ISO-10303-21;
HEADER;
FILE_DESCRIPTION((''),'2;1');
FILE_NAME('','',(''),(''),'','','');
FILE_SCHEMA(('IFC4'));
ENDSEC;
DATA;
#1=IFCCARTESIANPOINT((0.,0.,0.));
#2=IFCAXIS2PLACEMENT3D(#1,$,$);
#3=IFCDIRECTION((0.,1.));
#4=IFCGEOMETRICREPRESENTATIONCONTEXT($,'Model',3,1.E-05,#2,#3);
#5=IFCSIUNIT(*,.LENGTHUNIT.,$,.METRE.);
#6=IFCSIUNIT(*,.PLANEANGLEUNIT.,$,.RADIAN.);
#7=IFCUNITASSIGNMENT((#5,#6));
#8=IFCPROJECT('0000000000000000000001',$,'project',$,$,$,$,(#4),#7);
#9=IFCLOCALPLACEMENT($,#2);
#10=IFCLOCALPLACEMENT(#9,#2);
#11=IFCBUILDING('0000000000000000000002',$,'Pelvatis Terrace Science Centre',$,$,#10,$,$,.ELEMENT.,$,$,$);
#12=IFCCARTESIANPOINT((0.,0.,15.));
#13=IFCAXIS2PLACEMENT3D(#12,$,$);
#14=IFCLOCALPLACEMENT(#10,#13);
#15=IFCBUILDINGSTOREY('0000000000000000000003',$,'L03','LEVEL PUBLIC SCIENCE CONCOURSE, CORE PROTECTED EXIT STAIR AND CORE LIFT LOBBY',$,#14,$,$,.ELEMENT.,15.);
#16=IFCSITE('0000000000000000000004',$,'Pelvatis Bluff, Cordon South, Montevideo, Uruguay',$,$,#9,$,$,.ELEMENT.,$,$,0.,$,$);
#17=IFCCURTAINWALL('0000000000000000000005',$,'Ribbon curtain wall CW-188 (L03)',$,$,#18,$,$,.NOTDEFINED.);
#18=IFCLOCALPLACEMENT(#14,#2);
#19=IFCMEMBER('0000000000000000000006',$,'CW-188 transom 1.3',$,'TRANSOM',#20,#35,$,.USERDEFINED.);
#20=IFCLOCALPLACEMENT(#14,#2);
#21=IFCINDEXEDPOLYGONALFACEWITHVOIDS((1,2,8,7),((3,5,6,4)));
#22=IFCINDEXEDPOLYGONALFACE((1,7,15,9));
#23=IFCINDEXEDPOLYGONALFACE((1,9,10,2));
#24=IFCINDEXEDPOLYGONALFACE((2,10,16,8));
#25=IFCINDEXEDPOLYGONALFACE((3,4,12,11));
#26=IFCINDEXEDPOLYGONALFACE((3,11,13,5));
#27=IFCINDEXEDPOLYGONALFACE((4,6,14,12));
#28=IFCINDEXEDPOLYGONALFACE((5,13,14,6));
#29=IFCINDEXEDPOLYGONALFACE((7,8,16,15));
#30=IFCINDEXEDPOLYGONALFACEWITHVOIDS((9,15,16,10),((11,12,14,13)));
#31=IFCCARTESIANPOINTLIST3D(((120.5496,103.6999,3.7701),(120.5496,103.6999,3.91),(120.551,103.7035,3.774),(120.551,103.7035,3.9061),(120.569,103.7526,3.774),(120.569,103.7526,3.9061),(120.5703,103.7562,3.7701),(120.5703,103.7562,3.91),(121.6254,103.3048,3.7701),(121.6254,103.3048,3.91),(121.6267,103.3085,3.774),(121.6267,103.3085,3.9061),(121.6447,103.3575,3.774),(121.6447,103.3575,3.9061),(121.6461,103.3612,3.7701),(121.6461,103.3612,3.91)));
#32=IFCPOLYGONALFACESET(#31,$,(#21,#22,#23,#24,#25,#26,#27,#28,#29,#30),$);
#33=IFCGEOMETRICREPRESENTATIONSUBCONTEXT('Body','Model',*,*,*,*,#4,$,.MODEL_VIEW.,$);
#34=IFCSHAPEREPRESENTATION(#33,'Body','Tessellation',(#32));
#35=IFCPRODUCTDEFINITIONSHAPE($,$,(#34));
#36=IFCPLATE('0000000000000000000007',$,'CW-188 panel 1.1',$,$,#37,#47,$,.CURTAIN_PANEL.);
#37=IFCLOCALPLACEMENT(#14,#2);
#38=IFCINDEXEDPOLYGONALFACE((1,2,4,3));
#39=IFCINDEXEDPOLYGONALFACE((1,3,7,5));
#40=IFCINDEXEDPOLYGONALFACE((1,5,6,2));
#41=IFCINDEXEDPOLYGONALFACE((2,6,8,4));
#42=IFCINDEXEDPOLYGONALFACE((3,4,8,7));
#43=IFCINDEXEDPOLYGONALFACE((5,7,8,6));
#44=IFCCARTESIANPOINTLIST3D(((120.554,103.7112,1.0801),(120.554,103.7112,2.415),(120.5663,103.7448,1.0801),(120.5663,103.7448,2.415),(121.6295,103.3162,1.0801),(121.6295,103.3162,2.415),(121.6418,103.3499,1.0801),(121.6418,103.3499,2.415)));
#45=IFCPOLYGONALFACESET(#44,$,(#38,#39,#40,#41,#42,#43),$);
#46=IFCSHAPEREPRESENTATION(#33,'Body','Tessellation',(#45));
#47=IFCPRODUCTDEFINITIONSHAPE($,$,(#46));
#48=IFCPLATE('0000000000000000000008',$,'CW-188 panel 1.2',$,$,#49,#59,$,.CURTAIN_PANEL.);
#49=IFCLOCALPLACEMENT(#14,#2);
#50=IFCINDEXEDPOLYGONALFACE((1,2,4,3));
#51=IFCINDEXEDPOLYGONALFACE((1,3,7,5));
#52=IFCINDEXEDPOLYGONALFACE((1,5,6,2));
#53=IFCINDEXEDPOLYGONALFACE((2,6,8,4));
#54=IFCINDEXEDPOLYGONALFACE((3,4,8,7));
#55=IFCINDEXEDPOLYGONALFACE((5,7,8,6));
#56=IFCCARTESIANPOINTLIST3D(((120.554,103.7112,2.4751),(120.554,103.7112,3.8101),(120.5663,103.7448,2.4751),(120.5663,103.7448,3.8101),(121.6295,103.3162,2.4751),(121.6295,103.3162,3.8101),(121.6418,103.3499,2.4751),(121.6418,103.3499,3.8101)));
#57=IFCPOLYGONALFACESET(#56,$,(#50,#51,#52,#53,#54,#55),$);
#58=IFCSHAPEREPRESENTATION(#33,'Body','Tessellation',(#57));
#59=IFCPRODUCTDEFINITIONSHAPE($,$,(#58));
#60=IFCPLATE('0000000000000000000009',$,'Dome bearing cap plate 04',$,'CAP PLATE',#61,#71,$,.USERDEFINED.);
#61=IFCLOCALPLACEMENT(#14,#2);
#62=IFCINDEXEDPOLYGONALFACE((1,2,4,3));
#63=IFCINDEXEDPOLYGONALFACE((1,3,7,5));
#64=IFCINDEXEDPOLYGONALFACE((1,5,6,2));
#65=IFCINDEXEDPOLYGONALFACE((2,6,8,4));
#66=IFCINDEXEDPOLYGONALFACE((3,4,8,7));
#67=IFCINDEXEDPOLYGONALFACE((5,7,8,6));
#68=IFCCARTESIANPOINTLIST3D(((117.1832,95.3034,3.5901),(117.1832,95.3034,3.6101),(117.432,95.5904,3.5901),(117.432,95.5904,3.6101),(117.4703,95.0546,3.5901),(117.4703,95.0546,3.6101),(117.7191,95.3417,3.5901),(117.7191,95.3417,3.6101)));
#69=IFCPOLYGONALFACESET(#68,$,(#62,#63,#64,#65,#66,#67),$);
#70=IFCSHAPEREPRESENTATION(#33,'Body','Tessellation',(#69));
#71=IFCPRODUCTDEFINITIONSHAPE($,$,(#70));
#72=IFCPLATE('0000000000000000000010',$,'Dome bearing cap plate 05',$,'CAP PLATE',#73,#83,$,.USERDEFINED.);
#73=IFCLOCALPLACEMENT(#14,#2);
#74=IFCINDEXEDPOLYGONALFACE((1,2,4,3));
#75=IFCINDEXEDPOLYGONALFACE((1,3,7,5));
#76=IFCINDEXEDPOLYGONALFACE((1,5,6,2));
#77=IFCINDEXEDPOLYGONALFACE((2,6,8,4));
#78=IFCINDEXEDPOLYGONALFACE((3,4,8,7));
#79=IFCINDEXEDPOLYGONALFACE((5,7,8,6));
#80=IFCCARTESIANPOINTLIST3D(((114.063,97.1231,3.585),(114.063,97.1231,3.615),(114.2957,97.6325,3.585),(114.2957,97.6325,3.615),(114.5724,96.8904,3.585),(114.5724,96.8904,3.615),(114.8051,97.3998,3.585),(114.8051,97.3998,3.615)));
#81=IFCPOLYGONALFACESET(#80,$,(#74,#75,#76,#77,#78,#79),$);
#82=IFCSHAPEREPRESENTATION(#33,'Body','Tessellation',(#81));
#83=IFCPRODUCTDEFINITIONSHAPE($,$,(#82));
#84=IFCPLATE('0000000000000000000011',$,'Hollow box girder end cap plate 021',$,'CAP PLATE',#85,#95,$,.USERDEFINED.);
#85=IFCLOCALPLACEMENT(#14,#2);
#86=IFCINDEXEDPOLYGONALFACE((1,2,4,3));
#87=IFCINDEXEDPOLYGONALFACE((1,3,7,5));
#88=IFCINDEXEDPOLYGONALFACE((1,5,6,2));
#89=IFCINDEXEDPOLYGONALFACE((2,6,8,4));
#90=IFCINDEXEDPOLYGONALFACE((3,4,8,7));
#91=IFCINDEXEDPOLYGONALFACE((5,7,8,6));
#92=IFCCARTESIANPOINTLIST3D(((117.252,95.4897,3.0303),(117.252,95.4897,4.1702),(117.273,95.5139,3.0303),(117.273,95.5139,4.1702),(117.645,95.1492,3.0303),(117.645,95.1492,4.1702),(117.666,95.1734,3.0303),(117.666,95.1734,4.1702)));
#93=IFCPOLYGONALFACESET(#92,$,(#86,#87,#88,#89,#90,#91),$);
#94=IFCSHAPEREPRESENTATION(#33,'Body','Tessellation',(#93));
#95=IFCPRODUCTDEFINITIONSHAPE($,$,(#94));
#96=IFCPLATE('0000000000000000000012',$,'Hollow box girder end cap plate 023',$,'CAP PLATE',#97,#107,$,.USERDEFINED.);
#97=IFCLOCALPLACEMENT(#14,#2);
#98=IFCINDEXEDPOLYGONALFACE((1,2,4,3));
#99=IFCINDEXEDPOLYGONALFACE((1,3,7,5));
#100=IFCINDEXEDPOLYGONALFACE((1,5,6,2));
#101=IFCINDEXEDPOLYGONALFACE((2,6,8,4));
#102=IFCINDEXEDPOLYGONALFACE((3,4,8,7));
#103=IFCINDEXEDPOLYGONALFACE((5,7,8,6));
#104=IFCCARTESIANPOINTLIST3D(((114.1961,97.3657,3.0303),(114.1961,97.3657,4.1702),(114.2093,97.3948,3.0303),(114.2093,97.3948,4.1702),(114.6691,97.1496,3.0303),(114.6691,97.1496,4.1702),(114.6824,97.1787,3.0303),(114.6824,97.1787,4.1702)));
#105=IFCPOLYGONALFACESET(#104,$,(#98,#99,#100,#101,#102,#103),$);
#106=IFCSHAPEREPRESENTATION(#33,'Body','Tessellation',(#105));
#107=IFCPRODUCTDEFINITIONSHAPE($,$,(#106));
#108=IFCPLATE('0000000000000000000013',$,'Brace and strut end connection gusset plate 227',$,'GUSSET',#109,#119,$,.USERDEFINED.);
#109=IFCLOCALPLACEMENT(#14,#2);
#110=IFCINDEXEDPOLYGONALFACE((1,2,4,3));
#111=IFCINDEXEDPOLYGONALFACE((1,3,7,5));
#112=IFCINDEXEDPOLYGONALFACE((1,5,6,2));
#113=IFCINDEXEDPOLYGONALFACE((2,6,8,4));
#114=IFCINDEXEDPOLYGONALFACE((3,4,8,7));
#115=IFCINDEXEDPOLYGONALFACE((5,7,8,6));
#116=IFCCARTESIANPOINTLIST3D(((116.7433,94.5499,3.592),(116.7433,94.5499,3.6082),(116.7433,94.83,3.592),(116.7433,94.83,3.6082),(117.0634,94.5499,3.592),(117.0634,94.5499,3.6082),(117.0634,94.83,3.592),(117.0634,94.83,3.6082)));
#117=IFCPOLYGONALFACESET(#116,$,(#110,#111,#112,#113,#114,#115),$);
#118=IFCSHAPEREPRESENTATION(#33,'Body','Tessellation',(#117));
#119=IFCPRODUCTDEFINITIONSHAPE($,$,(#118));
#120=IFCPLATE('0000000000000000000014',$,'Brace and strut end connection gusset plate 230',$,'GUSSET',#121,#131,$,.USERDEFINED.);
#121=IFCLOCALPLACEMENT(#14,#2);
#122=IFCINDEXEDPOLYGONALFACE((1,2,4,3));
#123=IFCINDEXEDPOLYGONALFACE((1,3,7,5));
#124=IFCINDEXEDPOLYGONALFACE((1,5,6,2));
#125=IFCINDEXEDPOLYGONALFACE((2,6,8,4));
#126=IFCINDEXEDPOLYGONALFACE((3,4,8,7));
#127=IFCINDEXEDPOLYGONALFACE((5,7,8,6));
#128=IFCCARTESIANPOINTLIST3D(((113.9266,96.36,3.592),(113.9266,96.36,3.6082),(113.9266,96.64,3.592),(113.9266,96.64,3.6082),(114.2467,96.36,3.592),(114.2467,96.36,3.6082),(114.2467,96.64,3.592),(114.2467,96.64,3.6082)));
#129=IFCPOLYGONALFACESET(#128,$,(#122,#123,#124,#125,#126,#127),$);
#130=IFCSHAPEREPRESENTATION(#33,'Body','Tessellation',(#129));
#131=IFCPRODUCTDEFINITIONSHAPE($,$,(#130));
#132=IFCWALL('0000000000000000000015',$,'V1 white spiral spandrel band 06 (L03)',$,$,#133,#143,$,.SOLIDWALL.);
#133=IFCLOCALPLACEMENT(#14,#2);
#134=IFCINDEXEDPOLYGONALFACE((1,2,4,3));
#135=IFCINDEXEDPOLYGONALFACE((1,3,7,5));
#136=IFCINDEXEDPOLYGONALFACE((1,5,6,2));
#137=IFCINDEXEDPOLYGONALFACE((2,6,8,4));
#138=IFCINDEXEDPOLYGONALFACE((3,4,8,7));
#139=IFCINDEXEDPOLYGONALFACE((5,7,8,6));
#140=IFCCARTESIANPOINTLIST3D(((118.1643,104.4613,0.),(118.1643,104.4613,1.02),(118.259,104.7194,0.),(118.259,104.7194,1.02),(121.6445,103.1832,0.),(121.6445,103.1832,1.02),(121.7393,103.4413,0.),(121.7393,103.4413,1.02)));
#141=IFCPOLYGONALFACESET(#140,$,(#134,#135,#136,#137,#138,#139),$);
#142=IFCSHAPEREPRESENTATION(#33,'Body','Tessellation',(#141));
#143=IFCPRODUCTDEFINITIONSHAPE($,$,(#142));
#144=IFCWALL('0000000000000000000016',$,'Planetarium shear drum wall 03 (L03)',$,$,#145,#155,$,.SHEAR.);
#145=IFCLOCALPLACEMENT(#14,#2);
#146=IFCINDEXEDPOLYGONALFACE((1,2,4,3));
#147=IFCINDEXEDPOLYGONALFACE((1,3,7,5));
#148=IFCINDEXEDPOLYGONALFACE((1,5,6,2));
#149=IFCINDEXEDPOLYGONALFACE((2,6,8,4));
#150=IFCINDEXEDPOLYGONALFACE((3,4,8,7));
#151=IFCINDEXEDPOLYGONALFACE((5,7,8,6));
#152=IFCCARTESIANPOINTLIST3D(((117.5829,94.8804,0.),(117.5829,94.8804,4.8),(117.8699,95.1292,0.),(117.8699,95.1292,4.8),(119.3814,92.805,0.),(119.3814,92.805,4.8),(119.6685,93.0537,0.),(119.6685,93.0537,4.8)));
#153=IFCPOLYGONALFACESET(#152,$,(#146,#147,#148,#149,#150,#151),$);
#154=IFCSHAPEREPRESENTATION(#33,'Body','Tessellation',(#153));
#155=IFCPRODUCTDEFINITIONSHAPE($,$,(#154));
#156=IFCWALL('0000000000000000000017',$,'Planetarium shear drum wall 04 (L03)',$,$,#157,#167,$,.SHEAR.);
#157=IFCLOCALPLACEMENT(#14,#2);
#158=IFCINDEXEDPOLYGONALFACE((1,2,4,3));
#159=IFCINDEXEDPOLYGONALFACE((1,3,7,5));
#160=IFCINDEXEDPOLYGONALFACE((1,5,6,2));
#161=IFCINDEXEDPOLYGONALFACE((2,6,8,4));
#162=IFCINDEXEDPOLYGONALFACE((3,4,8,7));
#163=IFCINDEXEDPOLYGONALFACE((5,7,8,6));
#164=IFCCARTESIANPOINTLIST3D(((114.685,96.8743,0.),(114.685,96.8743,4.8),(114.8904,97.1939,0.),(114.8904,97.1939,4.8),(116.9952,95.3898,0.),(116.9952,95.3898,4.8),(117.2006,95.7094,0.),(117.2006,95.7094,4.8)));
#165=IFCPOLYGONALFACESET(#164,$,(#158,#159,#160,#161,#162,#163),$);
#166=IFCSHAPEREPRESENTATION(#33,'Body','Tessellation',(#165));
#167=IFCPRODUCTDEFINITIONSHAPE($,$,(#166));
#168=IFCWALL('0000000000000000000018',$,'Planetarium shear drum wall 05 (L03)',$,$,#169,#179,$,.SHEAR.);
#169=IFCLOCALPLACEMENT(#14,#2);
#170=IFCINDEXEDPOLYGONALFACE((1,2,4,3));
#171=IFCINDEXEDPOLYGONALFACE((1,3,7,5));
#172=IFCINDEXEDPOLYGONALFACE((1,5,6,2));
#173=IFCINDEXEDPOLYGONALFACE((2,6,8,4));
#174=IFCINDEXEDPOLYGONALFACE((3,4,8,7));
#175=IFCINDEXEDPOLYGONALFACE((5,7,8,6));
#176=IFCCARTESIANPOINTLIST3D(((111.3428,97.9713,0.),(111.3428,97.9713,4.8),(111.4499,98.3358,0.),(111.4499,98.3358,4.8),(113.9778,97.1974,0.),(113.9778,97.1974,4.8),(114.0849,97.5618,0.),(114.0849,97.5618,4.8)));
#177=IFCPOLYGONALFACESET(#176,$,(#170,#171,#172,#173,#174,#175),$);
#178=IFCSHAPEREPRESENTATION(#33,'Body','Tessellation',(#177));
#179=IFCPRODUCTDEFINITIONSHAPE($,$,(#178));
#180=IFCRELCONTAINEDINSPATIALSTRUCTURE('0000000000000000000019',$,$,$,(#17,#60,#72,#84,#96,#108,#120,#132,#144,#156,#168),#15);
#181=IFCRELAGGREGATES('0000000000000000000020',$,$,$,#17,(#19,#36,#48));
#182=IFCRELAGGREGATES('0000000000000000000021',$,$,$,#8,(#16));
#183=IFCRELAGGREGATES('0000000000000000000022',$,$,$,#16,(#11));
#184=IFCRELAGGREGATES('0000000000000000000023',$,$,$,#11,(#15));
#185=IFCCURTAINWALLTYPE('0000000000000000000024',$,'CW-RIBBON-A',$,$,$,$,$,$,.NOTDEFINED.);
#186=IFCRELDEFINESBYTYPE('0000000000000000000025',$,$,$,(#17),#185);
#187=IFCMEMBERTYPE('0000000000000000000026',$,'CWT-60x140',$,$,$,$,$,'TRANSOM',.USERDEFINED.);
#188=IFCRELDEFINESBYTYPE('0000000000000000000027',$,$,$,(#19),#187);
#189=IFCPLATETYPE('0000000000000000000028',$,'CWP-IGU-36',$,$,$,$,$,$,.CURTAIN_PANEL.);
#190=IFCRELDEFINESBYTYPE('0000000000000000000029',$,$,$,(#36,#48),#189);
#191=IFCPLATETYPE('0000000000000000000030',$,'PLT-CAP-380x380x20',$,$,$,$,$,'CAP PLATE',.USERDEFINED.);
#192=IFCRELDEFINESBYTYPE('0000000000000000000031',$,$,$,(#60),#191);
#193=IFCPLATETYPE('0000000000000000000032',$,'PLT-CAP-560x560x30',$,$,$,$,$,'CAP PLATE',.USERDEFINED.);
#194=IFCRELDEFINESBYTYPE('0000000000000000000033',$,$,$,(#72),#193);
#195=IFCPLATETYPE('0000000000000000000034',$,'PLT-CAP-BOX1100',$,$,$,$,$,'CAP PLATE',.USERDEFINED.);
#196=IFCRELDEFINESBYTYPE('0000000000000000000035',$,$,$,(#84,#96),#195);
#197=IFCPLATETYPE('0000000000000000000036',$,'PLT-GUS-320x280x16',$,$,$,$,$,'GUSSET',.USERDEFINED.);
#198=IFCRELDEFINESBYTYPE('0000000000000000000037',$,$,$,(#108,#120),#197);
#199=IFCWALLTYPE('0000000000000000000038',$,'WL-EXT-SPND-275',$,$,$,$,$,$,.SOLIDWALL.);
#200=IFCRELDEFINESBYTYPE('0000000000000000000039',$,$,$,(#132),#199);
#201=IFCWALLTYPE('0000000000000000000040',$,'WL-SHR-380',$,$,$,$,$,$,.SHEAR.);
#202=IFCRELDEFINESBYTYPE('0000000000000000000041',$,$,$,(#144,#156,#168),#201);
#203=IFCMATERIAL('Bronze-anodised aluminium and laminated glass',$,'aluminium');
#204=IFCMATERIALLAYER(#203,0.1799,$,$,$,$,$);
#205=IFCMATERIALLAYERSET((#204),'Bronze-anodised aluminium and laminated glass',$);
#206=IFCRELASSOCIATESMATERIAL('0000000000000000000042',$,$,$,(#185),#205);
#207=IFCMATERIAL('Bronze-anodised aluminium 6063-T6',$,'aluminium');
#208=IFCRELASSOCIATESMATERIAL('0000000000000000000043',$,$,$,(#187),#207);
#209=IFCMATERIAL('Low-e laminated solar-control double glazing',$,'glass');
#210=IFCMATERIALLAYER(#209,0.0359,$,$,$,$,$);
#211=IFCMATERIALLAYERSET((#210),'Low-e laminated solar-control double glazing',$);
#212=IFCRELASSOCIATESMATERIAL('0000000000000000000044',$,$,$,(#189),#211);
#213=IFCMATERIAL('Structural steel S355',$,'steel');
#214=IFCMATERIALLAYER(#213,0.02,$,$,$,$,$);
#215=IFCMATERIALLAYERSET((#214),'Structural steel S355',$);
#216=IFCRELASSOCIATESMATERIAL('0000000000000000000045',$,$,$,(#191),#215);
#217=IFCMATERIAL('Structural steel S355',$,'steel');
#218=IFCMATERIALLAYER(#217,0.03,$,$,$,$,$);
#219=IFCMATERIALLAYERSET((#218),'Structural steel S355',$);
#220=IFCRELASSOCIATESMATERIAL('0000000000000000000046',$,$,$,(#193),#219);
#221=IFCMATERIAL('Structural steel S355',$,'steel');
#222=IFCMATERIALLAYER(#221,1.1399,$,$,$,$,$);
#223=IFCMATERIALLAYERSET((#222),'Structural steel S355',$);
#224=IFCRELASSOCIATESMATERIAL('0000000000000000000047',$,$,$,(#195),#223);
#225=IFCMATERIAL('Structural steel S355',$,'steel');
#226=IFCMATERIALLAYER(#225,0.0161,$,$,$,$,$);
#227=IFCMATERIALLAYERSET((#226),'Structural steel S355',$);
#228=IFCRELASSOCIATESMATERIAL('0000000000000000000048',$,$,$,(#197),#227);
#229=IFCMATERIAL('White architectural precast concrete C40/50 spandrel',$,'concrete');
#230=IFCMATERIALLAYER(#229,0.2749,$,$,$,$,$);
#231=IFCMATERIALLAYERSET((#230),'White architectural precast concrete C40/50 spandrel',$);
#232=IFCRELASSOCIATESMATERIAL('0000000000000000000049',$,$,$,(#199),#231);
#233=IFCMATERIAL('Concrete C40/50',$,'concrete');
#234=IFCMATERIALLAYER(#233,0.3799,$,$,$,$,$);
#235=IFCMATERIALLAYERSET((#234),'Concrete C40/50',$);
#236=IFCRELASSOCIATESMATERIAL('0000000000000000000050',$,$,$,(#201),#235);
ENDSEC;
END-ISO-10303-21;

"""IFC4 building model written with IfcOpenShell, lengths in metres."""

from ifc_helpers import new_model, si_unit, direction, frame, frame_2d, origin, origin_2d, place, context, subcontext, project, spatial, rectangle, hollow_rectangle, extrude, material, layer, layer_set, material_profile, profile_set, type_object, element, aggregate, save


model = new_model("IFC4")

# Units and contexts
model_context = context("Model", 3, precision=1e-05, world=origin(), true_north=direction((0.0, 1.0)))
body_context = subcontext(model_context, "Body", "Model", "MODEL_VIEW")
ifc_project = project(units=[si_unit("LENGTHUNIT", "METRE"), si_unit("PLANEANGLEUNIT", "RADIAN")], contexts=[model_context])

# Site, building, storey
site_placement = place(None, origin())
site = spatial("IfcSite", under=ifc_project, at=site_placement, Name="Pelvatis Bluff, Cordon South, Montevideo, Uruguay", CompositionType="ELEMENT", RefElevation=0.0)
building_placement = place(site_placement, origin())
building = spatial("IfcBuilding", under=site, at=building_placement, Name="Pelvatis Terrace Science Centre", CompositionType="ELEMENT")
storey_placement = place(building_placement, frame((0.0, 0.0, 15.0)))
storey = spatial("IfcBuildingStorey", under=building, at=storey_placement, Name="L03", Description="LEVEL PUBLIC SCIENCE CONCOURSE, CORE PROTECTED EXIT STAIR AND CORE LIFT LOBBY", CompositionType="ELEMENT", Elevation=15.0)

# Curtain wall, member, plates
ifc_material_1 = material(Name="Bronze-anodised aluminium and laminated glass", Category="aluminium")
ifc_layer_1 = layer(ifc_material_1, 0.1799)
ifc_layer_set_1 = layer_set([ifc_layer_1], Name="Bronze-anodised aluminium and laminated glass")
curtain_wall_type = type_object("IfcCurtainWallType", Name="CW-RIBBON-A", PredefinedType="NOTDEFINED", material=ifc_layer_set_1)
curtain_wall_placement = place(storey_placement, origin())
curtain_wall = element("IfcCurtainWall", 1, at=curtain_wall_placement, inside=storey, type_object=curtain_wall_type, Name="Ribbon curtain wall CW-188 (L03)", PredefinedType="NOTDEFINED")
ifc_material_2 = material(Name="Bronze-anodised aluminium 6063-T6", Category="aluminium")
ifc_material_profile_1 = material_profile(ifc_material_2, hollow_rectangle(XDim=0.0601, YDim=0.1399, WallThickness=0.0039, at=origin_2d()), Name="ALU-TRN 60x140")
ifc_profile_set_1 = profile_set([ifc_material_profile_1], Name="Bronze-anodised aluminium 6063-T6")
member_type_1 = type_object("IfcMemberType", Name="CWT-60x140", ElementType="TRANSOM", PredefinedType="USERDEFINED", material=ifc_profile_set_1)
member_1_placement = place(storey_placement, frame((121.6357, 103.333, 3.8401), z_axis=(-0.938706, 0.344718, 0.0), x_axis=(-0.344718, -0.938706, 0.0)))
member_1 = element("IfcMember", 2, at=member_1_placement, type_object=member_type_1, Name="CW-188 transom 1.3", ObjectType="TRANSOM", PredefinedType="USERDEFINED", context=body_context, shape_type="SweptSolid", body=[
    extrude(hollow_rectangle(XDim=0.0601, YDim=0.1399, WallThickness=0.0039, at=origin_2d()), origin(), (0.0, 0.0, 1.0), 1.146),
])
ifc_material_3 = material(Name="Low-e laminated solar-control double glazing", Category="glass")
ifc_layer_2 = layer(ifc_material_3, 0.0359)
ifc_layer_set_2 = layer_set([ifc_layer_2], Name="Low-e laminated solar-control double glazing")
plate_type_1 = type_object("IfcPlateType", Name="CWP-IGU-36", PredefinedType="CURTAIN_PANEL", material=ifc_layer_set_2)
plate_1_placement = place(storey_placement, frame((121.0979, 103.5305, 1.0801), z_axis=(0.0, 0.0, 1.0), x_axis=(-0.938703, 0.344728, 0.0)))
plate_1 = element("IfcPlate", 3, at=plate_1_placement, type_object=plate_type_1, Name="CW-188 panel 1.1", PredefinedType="CURTAIN_PANEL", context=body_context, shape_type="SweptSolid", body=[
    extrude(rectangle(XDim=1.1458, YDim=0.0359, at=origin_2d()), origin(), (0.0, 0.0, 1.0), 1.335),
])
plate_2_placement = place(storey_placement, frame((121.0979, 103.5305, 2.4751), z_axis=(0.0, 0.0, 1.0), x_axis=(-0.938703, 0.344728, 0.0)))
plate_2 = element("IfcPlate", 4, at=plate_2_placement, type_object=plate_type_1, Name="CW-188 panel 1.2", PredefinedType="CURTAIN_PANEL", context=body_context, shape_type="SweptSolid", body=[
    extrude(rectangle(XDim=1.1458, YDim=0.0359, at=origin_2d()), origin(), (0.0, 0.0, 1.0), 1.335),
])
aggregate(curtain_wall, [member_1, plate_1, plate_2])

# Plates
ifc_material_4 = material(Name="Structural steel S355", Category="steel")
ifc_layer_3 = layer(ifc_material_4, 0.02)
ifc_layer_set_3 = layer_set([ifc_layer_3], Name="Structural steel S355")
plate_type_2 = type_object("IfcPlateType", Name="PLT-CAP-380x380x20", ElementType="CAP PLATE", PredefinedType="USERDEFINED", material=ifc_layer_set_3)
plate_3_placement = place(storey_placement, frame((117.4512, 95.3225, 3.5901), z_axis=(0.0, 0.0, 1.0), x_axis=(0.654873, 0.755739, 0.0)))
element("IfcPlate", 5, at=plate_3_placement, inside=storey, type_object=plate_type_2, Name="Dome bearing cap plate 04", ObjectType="CAP PLATE", PredefinedType="USERDEFINED", context=body_context, shape_type="SweptSolid", body=[
    extrude(rectangle(XDim=0.3799, YDim=0.3799, at=origin_2d()), origin(), (0.0, 0.0, 1.0), 0.02),
])
ifc_material_5 = material(Name="Structural steel S355", Category="steel")
ifc_layer_4 = layer(ifc_material_5, 0.03)
ifc_layer_set_4 = layer_set([ifc_layer_4], Name="Structural steel S355")
plate_type_3 = type_object("IfcPlateType", Name="PLT-CAP-560x560x30", ElementType="CAP PLATE", PredefinedType="USERDEFINED", material=ifc_layer_set_4)
plate_4_placement = place(storey_placement, frame((114.4341, 97.2615, 3.585), z_axis=(0.0, 0.0, 1.0), x_axis=(0.415487, 0.909599, 0.0)))
element("IfcPlate", 6, at=plate_4_placement, inside=storey, type_object=plate_type_3, Name="Dome bearing cap plate 05", ObjectType="CAP PLATE", PredefinedType="USERDEFINED", context=body_context, shape_type="SweptSolid", body=[
    extrude(rectangle(XDim=0.5601, YDim=0.5601, at=origin_2d()), origin(), (0.0, 0.0, 1.0), 0.03),
])
ifc_material_6 = material(Name="Structural steel S355", Category="steel")
ifc_layer_5 = layer(ifc_material_6, 1.1399)
ifc_layer_set_5 = layer_set([ifc_layer_5], Name="Structural steel S355")
plate_type_4 = type_object("IfcPlateType", Name="PLT-CAP-BOX1100", ElementType="CAP PLATE", PredefinedType="USERDEFINED", material=ifc_layer_set_5)
for number, where, z_axis, x_axis, name in (
    (7, (117.459, 95.3315, 3.0303), (0.0, 0.0, 1.0), (-0.654873, -0.755739, 0.0), "Hollow box girder end cap plate 021"),
    (8, (114.4392, 97.2722, 3.0303), (0.0, 0.0, 1.0), (-0.415487, -0.909599, 0.0), "Hollow box girder end cap plate 023"),
):
    element("IfcPlate", number, at=place(storey_placement, frame(where, z_axis=z_axis, x_axis=x_axis)), inside=storey, type_object=plate_type_4, Name=name, ObjectType="CAP PLATE", PredefinedType="USERDEFINED", context=body_context, shape_type="SweptSolid", body=[
        extrude(rectangle(XDim=0.032, YDim=0.52, at=origin_2d()), origin(), (0.0, 0.0, 1.0), 1.1399),
    ])
ifc_material_7 = material(Name="Structural steel S355", Category="steel")
ifc_layer_6 = layer(ifc_material_7, 0.0161)
ifc_layer_set_6 = layer_set([ifc_layer_6], Name="Structural steel S355")
plate_type_5 = type_object("IfcPlateType", Name="PLT-GUS-320x280x16", ElementType="GUSSET", PredefinedType="USERDEFINED", material=ifc_layer_set_6)
for number, where, z_axis, x_axis, name in (
    (9, (116.9033, 94.6899, 3.592), (0.0, 0.0, 1.0), (1.0, 0.0, 0.0), "Brace and strut end connection gusset plate 227"),
    (10, (114.0867, 96.5, 3.592), (0.0, 0.0, 1.0), (1.0, 0.0, 0.0), "Brace and strut end connection gusset plate 230"),
):
    element("IfcPlate", number, at=place(storey_placement, frame(where, z_axis=z_axis, x_axis=x_axis)), inside=storey, type_object=plate_type_5, Name=name, ObjectType="GUSSET", PredefinedType="USERDEFINED", context=body_context, shape_type="SweptSolid", body=[
        extrude(rectangle(XDim=0.3201, YDim=0.28, at=origin_2d()), origin(), (0.0, 0.0, 1.0), 0.0161),
    ])

# Walls
ifc_material_8 = material(Name="White architectural precast concrete C40/50 spandrel", Category="concrete")
ifc_layer_7 = layer(ifc_material_8, 0.2749)
ifc_layer_set_7 = layer_set([ifc_layer_7], Name="White architectural precast concrete C40/50 spandrel")
wall_type_1 = type_object("IfcWallType", Name="WL-EXT-SPND-275", PredefinedType="SOLIDWALL", material=ifc_layer_set_7)
wall_1_placement = place(storey_placement, frame((121.6919, 103.3123, 0.0), z_axis=(0.0, 0.0, 1.0), x_axis=(-0.938702, 0.344729, 0.0)))
element("IfcWall", 11, at=wall_1_placement, inside=storey, type_object=wall_type_1, Name="V1 white spiral spandrel band 06 (L03)", PredefinedType="SOLIDWALL", context=body_context, shape_type="SweptSolid", body=[
    extrude(rectangle(XDim=3.7075, YDim=0.2749, at=frame_2d((1.8538, 0.0))), origin(), (0.0, 0.0, 1.0), 1.02),
])
ifc_material_9 = material(Name="Concrete C40/50", Category="concrete")
ifc_layer_8 = layer(ifc_material_9, 0.3799)
ifc_layer_set_8 = layer_set([ifc_layer_8], Name="Concrete C40/50")
wall_type_2 = type_object("IfcWallType", Name="WL-SHR-380", PredefinedType="SHEAR", material=ifc_layer_set_8)
wall_2_placement = place(storey_placement, frame((119.5249, 92.9294, 0.0), z_axis=(0.0, 0.0, 1.0), x_axis=(-0.654903, 0.755713, 0.0)))
element("IfcWall", 12, at=wall_2_placement, inside=storey, type_object=wall_type_2, Name="Planetarium shear drum wall 03 (L03)", PredefinedType="SHEAR", context=body_context, shape_type="SweptSolid", body=[
    extrude(rectangle(XDim=2.7463, YDim=0.3799, at=frame_2d((1.373, 0.0))), origin(), (0.0, 0.0, 1.0), 4.8),
])
wall_3_placement = place(storey_placement, frame((117.0979, 95.5496, 0.0), z_axis=(0.0, 0.0, 1.0), x_axis=(-0.841274, 0.540609, 0.0)))
element("IfcWall", 13, at=wall_3_placement, inside=storey, type_object=wall_type_2, Name="Planetarium shear drum wall 04 (L03)", PredefinedType="SHEAR", context=body_context, shape_type="SweptSolid", body=[
    extrude(rectangle(XDim=2.7461, YDim=0.3799, at=frame_2d((1.373, 0.0))), origin(), (0.0, 0.0, 1.0), 4.8),
])
wall_4_placement = place(storey_placement, frame((114.0312, 97.3796, 0.0), z_axis=(0.0, 0.0, 1.0), x_axis=(-0.959472, 0.281805, 0.0)))
element("IfcWall", 14, at=wall_4_placement, inside=storey, type_object=wall_type_2, Name="Planetarium shear drum wall 05 (L03)", PredefinedType="SHEAR", context=body_context, shape_type="SweptSolid", body=[
    extrude(rectangle(XDim=2.7463, YDim=0.3799, at=frame_2d((1.373, 0.0))), origin(), (0.0, 0.0, 1.0), 4.8),
])

save(model, "model.ifc")
